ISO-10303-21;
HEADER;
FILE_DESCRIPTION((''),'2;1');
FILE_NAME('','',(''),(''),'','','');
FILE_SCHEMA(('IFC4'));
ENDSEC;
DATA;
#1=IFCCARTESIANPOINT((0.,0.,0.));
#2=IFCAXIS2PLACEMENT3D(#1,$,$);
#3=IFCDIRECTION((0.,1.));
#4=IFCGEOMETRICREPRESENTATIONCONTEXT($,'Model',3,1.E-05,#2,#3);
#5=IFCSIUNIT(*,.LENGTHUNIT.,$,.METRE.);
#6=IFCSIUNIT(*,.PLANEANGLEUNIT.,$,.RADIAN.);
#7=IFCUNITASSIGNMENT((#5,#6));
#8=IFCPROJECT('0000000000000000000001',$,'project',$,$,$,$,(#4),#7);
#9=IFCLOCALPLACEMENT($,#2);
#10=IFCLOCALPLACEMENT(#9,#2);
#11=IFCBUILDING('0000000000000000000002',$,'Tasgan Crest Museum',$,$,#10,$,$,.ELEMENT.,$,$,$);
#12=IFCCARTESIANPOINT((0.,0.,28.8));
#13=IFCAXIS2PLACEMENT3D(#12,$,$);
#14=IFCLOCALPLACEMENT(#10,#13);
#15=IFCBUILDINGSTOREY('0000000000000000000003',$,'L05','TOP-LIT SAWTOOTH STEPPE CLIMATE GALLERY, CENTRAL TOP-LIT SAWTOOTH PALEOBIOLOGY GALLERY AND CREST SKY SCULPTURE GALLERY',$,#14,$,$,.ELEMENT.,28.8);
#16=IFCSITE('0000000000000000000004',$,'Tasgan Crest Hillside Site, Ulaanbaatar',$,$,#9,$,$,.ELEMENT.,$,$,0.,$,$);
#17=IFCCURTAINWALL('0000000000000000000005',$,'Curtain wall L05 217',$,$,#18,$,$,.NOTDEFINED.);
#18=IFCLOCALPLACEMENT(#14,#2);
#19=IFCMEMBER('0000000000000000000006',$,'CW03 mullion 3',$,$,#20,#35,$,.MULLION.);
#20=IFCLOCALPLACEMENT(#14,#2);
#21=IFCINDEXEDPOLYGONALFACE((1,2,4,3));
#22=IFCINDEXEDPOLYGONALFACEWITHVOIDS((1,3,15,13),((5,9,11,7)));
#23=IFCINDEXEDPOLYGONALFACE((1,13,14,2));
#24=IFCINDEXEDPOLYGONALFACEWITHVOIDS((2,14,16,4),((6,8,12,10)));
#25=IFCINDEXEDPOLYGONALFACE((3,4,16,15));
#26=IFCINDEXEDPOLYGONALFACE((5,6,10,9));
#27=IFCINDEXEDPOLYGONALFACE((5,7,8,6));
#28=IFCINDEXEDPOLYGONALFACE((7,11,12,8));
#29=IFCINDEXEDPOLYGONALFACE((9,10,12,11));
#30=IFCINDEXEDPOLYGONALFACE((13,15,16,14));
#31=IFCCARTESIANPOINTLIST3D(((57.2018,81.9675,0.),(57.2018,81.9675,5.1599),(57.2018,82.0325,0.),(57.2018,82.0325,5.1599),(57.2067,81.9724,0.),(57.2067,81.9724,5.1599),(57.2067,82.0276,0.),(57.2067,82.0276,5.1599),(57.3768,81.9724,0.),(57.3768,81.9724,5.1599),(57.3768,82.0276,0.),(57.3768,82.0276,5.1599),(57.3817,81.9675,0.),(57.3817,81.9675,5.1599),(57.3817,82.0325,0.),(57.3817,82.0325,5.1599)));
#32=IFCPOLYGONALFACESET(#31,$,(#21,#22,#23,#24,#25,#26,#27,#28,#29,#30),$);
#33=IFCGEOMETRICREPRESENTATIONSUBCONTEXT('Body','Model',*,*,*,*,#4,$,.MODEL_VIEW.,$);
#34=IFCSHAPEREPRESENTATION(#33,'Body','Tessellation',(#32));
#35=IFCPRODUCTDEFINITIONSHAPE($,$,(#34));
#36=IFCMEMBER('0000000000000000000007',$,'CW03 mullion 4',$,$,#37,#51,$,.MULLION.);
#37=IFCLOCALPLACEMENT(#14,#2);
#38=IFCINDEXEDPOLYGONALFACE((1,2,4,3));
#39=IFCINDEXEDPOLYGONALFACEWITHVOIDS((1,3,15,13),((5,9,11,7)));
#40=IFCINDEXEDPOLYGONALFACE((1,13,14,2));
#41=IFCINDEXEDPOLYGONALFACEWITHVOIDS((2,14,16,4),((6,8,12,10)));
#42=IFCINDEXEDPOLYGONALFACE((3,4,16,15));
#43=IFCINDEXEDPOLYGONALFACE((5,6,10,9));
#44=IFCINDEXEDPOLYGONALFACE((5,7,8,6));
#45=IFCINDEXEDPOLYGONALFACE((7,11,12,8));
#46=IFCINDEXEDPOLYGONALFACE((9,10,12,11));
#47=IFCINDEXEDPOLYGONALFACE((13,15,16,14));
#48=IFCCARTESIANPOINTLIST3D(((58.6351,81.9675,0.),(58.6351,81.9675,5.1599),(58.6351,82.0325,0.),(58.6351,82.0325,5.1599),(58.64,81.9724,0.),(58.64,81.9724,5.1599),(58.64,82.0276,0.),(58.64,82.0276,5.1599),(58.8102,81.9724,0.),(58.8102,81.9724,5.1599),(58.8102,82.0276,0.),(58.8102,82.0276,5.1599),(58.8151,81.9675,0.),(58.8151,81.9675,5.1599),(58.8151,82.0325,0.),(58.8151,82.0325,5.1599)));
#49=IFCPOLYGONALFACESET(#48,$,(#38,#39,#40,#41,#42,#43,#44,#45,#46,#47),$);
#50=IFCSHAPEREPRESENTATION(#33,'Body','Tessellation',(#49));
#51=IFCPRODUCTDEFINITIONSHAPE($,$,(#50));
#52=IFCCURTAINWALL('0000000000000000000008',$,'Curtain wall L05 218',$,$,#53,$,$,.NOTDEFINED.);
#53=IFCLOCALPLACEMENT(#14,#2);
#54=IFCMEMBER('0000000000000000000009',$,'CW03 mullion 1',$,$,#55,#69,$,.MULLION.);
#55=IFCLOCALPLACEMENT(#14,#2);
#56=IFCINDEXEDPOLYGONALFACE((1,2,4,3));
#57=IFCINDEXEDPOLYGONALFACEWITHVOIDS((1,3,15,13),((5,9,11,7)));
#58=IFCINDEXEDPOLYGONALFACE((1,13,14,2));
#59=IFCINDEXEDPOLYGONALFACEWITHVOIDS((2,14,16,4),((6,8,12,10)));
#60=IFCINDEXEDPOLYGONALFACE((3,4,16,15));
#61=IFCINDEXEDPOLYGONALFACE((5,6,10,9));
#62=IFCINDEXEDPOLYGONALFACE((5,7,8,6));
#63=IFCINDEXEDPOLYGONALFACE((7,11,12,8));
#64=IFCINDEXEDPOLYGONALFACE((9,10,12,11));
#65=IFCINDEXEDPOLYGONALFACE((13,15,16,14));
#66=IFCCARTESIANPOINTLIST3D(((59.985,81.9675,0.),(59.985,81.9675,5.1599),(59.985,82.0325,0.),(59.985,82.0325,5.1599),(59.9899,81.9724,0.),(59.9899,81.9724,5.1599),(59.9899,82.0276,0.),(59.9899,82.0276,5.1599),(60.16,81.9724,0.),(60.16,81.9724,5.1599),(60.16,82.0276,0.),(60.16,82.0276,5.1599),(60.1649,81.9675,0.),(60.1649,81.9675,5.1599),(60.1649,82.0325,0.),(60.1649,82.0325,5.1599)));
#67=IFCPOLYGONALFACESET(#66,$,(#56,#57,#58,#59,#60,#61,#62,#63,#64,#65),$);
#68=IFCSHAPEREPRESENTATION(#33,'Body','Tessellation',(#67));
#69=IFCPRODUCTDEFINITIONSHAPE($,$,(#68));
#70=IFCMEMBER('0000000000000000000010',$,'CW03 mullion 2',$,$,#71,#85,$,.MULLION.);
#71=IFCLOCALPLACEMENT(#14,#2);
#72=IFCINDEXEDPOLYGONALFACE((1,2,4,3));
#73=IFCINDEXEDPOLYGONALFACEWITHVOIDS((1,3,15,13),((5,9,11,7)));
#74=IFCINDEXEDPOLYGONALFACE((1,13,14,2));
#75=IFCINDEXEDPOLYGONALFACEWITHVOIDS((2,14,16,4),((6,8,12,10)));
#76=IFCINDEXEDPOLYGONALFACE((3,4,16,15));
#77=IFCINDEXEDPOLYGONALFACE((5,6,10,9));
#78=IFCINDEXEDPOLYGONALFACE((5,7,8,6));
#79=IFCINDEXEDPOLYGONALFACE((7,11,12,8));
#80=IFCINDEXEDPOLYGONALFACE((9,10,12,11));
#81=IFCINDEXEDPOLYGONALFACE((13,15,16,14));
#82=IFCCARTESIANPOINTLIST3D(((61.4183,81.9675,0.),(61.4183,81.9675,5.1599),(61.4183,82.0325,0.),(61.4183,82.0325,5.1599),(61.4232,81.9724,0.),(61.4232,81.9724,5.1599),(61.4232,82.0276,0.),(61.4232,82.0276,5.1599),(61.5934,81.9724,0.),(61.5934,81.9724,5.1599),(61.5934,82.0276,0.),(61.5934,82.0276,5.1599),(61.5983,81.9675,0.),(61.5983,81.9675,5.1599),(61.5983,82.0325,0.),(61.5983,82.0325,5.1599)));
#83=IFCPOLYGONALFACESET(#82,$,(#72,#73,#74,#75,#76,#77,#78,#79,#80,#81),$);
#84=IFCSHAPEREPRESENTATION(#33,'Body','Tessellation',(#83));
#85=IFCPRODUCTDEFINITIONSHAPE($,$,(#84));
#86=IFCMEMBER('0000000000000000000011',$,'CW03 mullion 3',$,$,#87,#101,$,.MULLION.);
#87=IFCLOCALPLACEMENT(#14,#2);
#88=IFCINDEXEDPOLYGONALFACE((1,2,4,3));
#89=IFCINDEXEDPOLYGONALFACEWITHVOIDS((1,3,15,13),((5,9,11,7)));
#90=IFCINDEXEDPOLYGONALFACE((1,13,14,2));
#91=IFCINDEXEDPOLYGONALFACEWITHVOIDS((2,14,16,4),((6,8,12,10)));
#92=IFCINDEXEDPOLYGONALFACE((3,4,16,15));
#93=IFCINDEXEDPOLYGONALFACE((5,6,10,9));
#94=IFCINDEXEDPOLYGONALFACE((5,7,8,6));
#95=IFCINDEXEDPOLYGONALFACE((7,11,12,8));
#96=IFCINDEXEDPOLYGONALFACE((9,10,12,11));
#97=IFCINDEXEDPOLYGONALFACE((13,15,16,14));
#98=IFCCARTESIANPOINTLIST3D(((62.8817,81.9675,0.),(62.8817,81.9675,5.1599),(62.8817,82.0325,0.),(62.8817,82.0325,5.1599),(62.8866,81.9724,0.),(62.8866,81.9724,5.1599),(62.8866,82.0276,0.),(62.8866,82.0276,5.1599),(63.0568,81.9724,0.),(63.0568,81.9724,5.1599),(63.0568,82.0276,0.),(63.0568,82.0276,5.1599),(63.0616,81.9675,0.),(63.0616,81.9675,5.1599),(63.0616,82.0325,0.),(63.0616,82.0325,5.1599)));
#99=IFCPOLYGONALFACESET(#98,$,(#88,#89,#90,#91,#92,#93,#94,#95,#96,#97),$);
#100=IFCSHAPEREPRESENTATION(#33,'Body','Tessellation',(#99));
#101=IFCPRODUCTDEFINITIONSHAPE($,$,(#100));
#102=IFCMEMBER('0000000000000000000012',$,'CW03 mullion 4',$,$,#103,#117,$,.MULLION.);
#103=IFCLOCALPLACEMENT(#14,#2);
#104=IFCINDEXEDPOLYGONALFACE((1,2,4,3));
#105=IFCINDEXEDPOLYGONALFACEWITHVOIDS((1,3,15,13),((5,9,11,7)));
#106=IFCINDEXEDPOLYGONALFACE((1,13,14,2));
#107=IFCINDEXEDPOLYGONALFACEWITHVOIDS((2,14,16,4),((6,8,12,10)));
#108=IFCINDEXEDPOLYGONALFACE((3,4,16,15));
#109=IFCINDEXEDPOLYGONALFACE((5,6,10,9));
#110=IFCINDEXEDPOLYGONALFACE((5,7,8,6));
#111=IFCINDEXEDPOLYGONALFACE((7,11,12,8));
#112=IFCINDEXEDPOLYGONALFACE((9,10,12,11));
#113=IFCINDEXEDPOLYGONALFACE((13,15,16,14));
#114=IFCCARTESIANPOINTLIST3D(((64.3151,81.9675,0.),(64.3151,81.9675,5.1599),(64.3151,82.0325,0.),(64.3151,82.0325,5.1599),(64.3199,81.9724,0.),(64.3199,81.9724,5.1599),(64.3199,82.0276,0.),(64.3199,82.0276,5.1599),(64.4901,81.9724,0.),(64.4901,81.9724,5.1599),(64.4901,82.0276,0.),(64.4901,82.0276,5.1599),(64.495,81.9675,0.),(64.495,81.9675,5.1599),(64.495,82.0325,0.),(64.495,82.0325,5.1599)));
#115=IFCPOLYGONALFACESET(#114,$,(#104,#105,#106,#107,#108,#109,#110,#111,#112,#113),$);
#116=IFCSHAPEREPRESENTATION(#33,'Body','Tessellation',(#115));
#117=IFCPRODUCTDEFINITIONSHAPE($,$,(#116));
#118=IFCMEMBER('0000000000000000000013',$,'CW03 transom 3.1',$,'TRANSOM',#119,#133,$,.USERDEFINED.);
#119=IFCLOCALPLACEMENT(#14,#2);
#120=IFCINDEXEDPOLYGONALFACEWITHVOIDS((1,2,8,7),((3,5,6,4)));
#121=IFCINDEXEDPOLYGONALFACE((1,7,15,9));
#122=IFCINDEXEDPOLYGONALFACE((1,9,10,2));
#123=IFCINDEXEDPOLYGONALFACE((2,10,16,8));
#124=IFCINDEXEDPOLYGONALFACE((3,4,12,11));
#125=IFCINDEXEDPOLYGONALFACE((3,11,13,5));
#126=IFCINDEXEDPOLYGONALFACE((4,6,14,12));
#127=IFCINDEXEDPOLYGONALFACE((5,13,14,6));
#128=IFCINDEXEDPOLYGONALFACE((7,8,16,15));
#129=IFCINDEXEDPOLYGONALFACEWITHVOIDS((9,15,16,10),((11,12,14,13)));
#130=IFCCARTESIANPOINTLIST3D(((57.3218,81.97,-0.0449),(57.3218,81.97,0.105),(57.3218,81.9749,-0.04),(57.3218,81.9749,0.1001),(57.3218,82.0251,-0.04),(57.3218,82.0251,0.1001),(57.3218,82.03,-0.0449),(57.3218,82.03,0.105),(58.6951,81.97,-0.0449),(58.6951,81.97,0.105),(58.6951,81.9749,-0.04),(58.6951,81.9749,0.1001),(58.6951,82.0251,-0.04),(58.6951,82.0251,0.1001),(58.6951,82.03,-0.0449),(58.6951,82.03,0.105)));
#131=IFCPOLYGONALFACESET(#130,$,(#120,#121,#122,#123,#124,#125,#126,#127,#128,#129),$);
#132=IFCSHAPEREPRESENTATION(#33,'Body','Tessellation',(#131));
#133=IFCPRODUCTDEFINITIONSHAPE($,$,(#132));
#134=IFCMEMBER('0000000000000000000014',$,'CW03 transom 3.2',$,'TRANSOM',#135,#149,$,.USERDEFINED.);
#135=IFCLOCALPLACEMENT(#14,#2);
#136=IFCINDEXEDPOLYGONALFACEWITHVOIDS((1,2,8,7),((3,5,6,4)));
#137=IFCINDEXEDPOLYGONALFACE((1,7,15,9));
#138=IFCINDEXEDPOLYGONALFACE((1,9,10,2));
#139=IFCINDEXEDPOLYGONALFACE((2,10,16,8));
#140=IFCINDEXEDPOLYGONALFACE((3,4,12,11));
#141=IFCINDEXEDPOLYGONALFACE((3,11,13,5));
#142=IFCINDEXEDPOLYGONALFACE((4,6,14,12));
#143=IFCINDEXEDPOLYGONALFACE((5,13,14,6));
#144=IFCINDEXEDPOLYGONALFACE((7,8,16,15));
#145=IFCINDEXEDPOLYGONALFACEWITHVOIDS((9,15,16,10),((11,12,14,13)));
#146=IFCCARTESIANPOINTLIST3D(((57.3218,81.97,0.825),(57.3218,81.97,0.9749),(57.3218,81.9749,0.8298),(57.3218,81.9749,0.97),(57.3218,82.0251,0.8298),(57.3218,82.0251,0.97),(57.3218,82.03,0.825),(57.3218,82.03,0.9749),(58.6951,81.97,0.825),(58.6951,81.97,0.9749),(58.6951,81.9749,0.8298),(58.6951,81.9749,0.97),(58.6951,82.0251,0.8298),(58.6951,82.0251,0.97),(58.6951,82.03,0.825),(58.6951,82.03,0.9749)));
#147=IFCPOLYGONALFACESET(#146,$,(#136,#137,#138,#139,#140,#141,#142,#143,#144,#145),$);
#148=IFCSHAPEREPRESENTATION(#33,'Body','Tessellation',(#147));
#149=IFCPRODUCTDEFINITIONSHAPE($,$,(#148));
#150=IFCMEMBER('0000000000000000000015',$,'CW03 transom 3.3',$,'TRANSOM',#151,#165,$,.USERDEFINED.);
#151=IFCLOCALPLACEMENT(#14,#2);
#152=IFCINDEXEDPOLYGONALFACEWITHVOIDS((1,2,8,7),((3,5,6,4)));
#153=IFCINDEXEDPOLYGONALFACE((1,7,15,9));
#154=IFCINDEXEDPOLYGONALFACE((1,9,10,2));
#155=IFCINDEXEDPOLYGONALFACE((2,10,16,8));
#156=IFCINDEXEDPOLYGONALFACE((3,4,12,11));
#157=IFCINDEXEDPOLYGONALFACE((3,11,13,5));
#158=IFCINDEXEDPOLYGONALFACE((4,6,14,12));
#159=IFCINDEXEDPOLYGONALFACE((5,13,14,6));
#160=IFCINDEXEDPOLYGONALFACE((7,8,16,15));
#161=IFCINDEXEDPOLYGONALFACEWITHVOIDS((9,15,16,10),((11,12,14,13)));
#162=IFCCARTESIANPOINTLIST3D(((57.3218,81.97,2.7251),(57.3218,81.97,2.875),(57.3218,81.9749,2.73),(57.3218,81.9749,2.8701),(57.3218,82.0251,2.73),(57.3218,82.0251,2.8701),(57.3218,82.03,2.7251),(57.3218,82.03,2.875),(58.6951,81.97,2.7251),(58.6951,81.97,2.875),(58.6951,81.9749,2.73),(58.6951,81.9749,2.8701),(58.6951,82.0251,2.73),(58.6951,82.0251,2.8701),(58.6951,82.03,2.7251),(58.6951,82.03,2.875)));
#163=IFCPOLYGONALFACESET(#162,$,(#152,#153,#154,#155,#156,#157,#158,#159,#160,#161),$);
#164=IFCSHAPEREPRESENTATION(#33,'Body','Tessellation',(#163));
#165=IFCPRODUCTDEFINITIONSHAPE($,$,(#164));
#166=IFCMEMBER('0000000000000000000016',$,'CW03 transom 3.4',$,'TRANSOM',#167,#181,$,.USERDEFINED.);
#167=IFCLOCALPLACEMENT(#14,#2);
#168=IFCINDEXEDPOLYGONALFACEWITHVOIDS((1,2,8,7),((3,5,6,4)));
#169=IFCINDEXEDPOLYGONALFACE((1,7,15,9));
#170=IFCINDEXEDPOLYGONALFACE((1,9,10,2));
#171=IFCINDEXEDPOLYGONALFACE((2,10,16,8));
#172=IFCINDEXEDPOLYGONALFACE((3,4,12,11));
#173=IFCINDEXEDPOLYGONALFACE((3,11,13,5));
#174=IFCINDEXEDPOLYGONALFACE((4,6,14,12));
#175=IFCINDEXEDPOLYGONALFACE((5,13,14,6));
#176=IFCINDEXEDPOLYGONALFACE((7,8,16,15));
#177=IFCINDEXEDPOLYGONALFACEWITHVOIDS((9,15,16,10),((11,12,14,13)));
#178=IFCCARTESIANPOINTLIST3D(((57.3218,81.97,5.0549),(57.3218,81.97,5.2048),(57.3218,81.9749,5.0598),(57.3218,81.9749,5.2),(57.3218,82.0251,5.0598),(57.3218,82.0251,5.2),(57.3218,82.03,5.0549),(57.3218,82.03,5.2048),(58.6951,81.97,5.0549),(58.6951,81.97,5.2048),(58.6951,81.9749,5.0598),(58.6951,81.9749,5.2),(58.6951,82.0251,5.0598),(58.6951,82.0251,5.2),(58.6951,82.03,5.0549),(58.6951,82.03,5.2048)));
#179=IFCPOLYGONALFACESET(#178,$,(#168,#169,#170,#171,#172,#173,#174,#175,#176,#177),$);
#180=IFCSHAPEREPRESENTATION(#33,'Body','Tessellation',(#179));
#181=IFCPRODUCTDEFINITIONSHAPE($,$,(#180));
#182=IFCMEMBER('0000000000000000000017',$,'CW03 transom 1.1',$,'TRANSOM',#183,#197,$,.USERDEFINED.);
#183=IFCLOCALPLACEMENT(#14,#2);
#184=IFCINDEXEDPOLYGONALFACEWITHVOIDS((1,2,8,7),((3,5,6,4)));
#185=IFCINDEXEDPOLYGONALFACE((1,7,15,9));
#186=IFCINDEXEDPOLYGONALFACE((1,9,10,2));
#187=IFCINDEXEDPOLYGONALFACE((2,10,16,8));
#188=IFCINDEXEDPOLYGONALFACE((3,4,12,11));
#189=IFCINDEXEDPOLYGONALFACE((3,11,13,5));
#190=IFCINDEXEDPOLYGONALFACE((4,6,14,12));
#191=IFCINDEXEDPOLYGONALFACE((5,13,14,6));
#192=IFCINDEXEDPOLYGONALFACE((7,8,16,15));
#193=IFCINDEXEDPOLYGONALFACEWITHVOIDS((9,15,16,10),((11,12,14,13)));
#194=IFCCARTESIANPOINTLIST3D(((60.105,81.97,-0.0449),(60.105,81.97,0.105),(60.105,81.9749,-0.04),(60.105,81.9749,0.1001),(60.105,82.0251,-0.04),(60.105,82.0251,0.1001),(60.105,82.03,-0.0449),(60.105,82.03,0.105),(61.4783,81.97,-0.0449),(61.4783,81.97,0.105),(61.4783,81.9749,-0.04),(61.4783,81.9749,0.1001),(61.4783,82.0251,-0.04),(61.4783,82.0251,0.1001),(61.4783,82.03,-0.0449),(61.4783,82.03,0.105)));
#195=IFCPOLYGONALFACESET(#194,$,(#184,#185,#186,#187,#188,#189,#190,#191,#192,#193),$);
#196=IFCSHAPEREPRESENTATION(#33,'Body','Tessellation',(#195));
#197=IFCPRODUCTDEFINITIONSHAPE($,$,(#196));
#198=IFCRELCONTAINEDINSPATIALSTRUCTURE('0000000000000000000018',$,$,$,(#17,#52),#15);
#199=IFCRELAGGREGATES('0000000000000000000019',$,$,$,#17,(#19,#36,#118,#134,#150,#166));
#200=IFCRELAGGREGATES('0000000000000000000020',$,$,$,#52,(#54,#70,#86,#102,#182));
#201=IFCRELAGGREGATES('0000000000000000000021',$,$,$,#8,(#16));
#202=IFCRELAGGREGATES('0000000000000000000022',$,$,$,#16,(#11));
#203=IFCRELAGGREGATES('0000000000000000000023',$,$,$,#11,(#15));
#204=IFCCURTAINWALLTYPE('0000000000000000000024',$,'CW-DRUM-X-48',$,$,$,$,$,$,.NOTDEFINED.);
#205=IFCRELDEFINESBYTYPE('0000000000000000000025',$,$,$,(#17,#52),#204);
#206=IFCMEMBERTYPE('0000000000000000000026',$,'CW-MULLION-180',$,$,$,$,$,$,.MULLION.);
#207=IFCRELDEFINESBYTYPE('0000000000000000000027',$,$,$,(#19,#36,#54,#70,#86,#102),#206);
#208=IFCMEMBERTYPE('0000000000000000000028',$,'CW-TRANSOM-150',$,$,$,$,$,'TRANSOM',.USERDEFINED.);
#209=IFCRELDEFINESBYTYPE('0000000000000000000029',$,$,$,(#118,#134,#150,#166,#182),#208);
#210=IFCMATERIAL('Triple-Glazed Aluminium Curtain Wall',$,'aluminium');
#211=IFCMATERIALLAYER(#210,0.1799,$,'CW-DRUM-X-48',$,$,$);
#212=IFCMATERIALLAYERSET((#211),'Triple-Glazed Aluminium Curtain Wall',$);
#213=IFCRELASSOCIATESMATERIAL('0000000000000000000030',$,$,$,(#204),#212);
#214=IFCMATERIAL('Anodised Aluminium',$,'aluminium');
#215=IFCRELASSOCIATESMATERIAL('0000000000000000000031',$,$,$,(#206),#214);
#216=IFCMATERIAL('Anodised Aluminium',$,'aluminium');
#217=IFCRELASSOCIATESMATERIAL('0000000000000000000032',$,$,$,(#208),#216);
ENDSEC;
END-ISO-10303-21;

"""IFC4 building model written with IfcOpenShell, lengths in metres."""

from ifc_helpers import new_model, si_unit, direction, frame, origin, origin_2d, place, context, subcontext, project, spatial, hollow_rectangle, extrude, material, layer, layer_set, material_profile, profile_set, type_object, element, aggregate, save


model = new_model("IFC4")

# Units and contexts
model_context = context("Model", 3, precision=1e-05, world=origin(), true_north=direction((0.0, 1.0)))
body_context = subcontext(model_context, "Body", "Model", "MODEL_VIEW")
ifc_project = project(units=[si_unit("LENGTHUNIT", "METRE"), si_unit("PLANEANGLEUNIT", "RADIAN")], contexts=[model_context])

# Site, building, storey
site_placement = place(None, origin())
site = spatial("IfcSite", under=ifc_project, at=site_placement, Name="Tasgan Crest Hillside Site, Ulaanbaatar", CompositionType="ELEMENT", RefElevation=0.0)
building_placement = place(site_placement, origin())
building = spatial("IfcBuilding", under=site, at=building_placement, Name="Tasgan Crest Museum", CompositionType="ELEMENT")
storey_placement = place(building_placement, frame((0.0, 0.0, 28.8)))
storey = spatial("IfcBuildingStorey", under=building, at=storey_placement, Name="L05", Description="TOP-LIT SAWTOOTH STEPPE CLIMATE GALLERY, CENTRAL TOP-LIT SAWTOOTH PALEOBIOLOGY GALLERY AND CREST SKY SCULPTURE GALLERY", CompositionType="ELEMENT", Elevation=28.8)

# Curtain walls, members
ifc_material_1 = material(Name="Triple-Glazed Aluminium Curtain Wall", Category="aluminium")
ifc_layer_1 = layer(ifc_material_1, 0.1799, Name="CW-DRUM-X-48")
ifc_layer_set_1 = layer_set([ifc_layer_1], Name="Triple-Glazed Aluminium Curtain Wall")
curtain_wall_type = type_object("IfcCurtainWallType", Name="CW-DRUM-X-48", PredefinedType="NOTDEFINED", material=ifc_layer_set_1)
curtain_wall_1_placement = place(storey_placement, origin())
curtain_wall_1 = element("IfcCurtainWall", 1, at=curtain_wall_1_placement, inside=storey, type_object=curtain_wall_type, Name="Curtain wall L05 217", PredefinedType="NOTDEFINED")
ifc_material_2 = material(Name="Anodised Aluminium", Category="aluminium")
ifc_material_profile_1 = material_profile(ifc_material_2, hollow_rectangle(XDim=0.0649, YDim=0.1799, WallThickness=0.0049, at=origin_2d()), Name="ALU MULLION 180x65x5")
ifc_profile_set_1 = profile_set([ifc_material_profile_1], Name="Anodised Aluminium")
member_type_1 = type_object("IfcMemberType", Name="CW-MULLION-180", PredefinedType="MULLION", material=ifc_profile_set_1)
member_1_placement = place(storey_placement, frame((57.2917, 82.0, 0.0), z_axis=(0.0, 0.0, 1.0), x_axis=(0.0, 1.0, 0.0)))
member_1 = element("IfcMember", 2, at=member_1_placement, type_object=member_type_1, Name="CW03 mullion 3", PredefinedType="MULLION", context=body_context, shape_type="SweptSolid", body=[
    extrude(hollow_rectangle(XDim=0.0649, YDim=0.1799, WallThickness=0.0049, at=origin_2d()), origin(), (0.0, 0.0, 1.0), 5.1599),
])
member_2_placement = place(storey_placement, frame((58.7251, 82.0, 0.0), z_axis=(0.0, 0.0, 1.0), x_axis=(0.0, 1.0, 0.0)))
member_2 = element("IfcMember", 3, at=member_2_placement, type_object=member_type_1, Name="CW03 mullion 4", PredefinedType="MULLION", context=body_context, shape_type="SweptSolid", body=[
    extrude(hollow_rectangle(XDim=0.0649, YDim=0.1799, WallThickness=0.0049, at=origin_2d()), origin(), (0.0, 0.0, 1.0), 5.1599),
])
curtain_wall_2_placement = place(storey_placement, origin())
curtain_wall_2 = element("IfcCurtainWall", 4, at=curtain_wall_2_placement, inside=storey, type_object=curtain_wall_type, Name="Curtain wall L05 218", PredefinedType="NOTDEFINED")
member_3_placement = place(storey_placement, frame((60.075, 82.0, 0.0), z_axis=(0.0, 0.0, 1.0), x_axis=(0.0, 1.0, 0.0)))
member_3 = element("IfcMember", 5, at=member_3_placement, type_object=member_type_1, Name="CW03 mullion 1", PredefinedType="MULLION", context=body_context, shape_type="SweptSolid", body=[
    extrude(hollow_rectangle(XDim=0.0649, YDim=0.1799, WallThickness=0.0049, at=origin_2d()), origin(), (0.0, 0.0, 1.0), 5.1599),
])
member_4_placement = place(storey_placement, frame((61.5083, 82.0, 0.0), z_axis=(0.0, 0.0, 1.0), x_axis=(0.0, 1.0, 0.0)))
member_4 = element("IfcMember", 6, at=member_4_placement, type_object=member_type_1, Name="CW03 mullion 2", PredefinedType="MULLION", context=body_context, shape_type="SweptSolid", body=[
    extrude(hollow_rectangle(XDim=0.0649, YDim=0.1799, WallThickness=0.0049, at=origin_2d()), origin(), (0.0, 0.0, 1.0), 5.1599),
])
member_5_placement = place(storey_placement, frame((62.9717, 82.0, 0.0), z_axis=(0.0, 0.0, 1.0), x_axis=(0.0, 1.0, 0.0)))
member_5 = element("IfcMember", 7, at=member_5_placement, type_object=member_type_1, Name="CW03 mullion 3", PredefinedType="MULLION", context=body_context, shape_type="SweptSolid", body=[
    extrude(hollow_rectangle(XDim=0.0649, YDim=0.1799, WallThickness=0.0049, at=origin_2d()), origin(), (0.0, 0.0, 1.0), 5.1599),
])
member_6_placement = place(storey_placement, frame((64.405, 82.0, 0.0), z_axis=(0.0, 0.0, 1.0), x_axis=(0.0, 1.0, 0.0)))
member_6 = element("IfcMember", 8, at=member_6_placement, type_object=member_type_1, Name="CW03 mullion 4", PredefinedType="MULLION", context=body_context, shape_type="SweptSolid", body=[
    extrude(hollow_rectangle(XDim=0.0649, YDim=0.1799, WallThickness=0.0049, at=origin_2d()), origin(), (0.0, 0.0, 1.0), 5.1599),
])

# Members
ifc_material_3 = material(Name="Anodised Aluminium", Category="aluminium")
ifc_material_profile_2 = material_profile(ifc_material_3, hollow_rectangle(XDim=0.0601, YDim=0.1499, WallThickness=0.0049, at=origin_2d()), Name="ALU TRANSOM 150x60x5")
ifc_profile_set_2 = profile_set([ifc_material_profile_2], Name="Anodised Aluminium")
member_type_2 = type_object("IfcMemberType", Name="CW-TRANSOM-150", ElementType="TRANSOM", PredefinedType="USERDEFINED", material=ifc_profile_set_2)
member_7_placement = place(storey_placement, frame((57.3218, 82.0, 0.03), z_axis=(1.0, 0.0, 0.0), x_axis=(0.0, 1.0, 0.0)))
member_7 = element("IfcMember", 9, at=member_7_placement, type_object=member_type_2, Name="CW03 transom 3.1", ObjectType="TRANSOM", PredefinedType="USERDEFINED", context=body_context, shape_type="SweptSolid", body=[
    extrude(hollow_rectangle(XDim=0.0601, YDim=0.1499, WallThickness=0.0049, at=origin_2d()), origin(), (0.0, 0.0, 1.0), 1.3733),
])
member_8_placement = place(storey_placement, frame((57.3218, 82.0, 0.8999), z_axis=(1.0, 0.0, 0.0), x_axis=(0.0, 1.0, 0.0)))
member_8 = element("IfcMember", 10, at=member_8_placement, type_object=member_type_2, Name="CW03 transom 3.2", ObjectType="TRANSOM", PredefinedType="USERDEFINED", context=body_context, shape_type="SweptSolid", body=[
    extrude(hollow_rectangle(XDim=0.0601, YDim=0.1499, WallThickness=0.0049, at=origin_2d()), origin(), (0.0, 0.0, 1.0), 1.3733),
])
member_9_placement = place(storey_placement, frame((57.3218, 82.0, 2.8), z_axis=(1.0, 0.0, 0.0), x_axis=(0.0, 1.0, 0.0)))
member_9 = element("IfcMember", 11, at=member_9_placement, type_object=member_type_2, Name="CW03 transom 3.3", ObjectType="TRANSOM", PredefinedType="USERDEFINED", context=body_context, shape_type="SweptSolid", body=[
    extrude(hollow_rectangle(XDim=0.0601, YDim=0.1499, WallThickness=0.0049, at=origin_2d()), origin(), (0.0, 0.0, 1.0), 1.3733),
])
member_10_placement = place(storey_placement, frame((57.3218, 82.0, 5.1299), z_axis=(1.0, 0.0, 0.0), x_axis=(0.0, 1.0, 0.0)))
member_10 = element("IfcMember", 12, at=member_10_placement, type_object=member_type_2, Name="CW03 transom 3.4", ObjectType="TRANSOM", PredefinedType="USERDEFINED", context=body_context, shape_type="SweptSolid", body=[
    extrude(hollow_rectangle(XDim=0.0601, YDim=0.1499, WallThickness=0.0049, at=origin_2d()), origin(), (0.0, 0.0, 1.0), 1.3733),
])
member_11_placement = place(storey_placement, frame((60.105, 82.0, 0.03), z_axis=(1.0, 0.0, 0.0), x_axis=(0.0, 1.0, 0.0)))
member_11 = element("IfcMember", 13, at=member_11_placement, type_object=member_type_2, Name="CW03 transom 1.1", ObjectType="TRANSOM", PredefinedType="USERDEFINED", context=body_context, shape_type="SweptSolid", body=[
    extrude(hollow_rectangle(XDim=0.0601, YDim=0.1499, WallThickness=0.0049, at=origin_2d()), origin(), (0.0, 0.0, 1.0), 1.3733),
])

aggregate(curtain_wall_1, [member_1, member_2, member_7, member_8, member_9, member_10])
aggregate(curtain_wall_2, [member_3, member_4, member_5, member_6, member_11])

save(model, "model.ifc")
